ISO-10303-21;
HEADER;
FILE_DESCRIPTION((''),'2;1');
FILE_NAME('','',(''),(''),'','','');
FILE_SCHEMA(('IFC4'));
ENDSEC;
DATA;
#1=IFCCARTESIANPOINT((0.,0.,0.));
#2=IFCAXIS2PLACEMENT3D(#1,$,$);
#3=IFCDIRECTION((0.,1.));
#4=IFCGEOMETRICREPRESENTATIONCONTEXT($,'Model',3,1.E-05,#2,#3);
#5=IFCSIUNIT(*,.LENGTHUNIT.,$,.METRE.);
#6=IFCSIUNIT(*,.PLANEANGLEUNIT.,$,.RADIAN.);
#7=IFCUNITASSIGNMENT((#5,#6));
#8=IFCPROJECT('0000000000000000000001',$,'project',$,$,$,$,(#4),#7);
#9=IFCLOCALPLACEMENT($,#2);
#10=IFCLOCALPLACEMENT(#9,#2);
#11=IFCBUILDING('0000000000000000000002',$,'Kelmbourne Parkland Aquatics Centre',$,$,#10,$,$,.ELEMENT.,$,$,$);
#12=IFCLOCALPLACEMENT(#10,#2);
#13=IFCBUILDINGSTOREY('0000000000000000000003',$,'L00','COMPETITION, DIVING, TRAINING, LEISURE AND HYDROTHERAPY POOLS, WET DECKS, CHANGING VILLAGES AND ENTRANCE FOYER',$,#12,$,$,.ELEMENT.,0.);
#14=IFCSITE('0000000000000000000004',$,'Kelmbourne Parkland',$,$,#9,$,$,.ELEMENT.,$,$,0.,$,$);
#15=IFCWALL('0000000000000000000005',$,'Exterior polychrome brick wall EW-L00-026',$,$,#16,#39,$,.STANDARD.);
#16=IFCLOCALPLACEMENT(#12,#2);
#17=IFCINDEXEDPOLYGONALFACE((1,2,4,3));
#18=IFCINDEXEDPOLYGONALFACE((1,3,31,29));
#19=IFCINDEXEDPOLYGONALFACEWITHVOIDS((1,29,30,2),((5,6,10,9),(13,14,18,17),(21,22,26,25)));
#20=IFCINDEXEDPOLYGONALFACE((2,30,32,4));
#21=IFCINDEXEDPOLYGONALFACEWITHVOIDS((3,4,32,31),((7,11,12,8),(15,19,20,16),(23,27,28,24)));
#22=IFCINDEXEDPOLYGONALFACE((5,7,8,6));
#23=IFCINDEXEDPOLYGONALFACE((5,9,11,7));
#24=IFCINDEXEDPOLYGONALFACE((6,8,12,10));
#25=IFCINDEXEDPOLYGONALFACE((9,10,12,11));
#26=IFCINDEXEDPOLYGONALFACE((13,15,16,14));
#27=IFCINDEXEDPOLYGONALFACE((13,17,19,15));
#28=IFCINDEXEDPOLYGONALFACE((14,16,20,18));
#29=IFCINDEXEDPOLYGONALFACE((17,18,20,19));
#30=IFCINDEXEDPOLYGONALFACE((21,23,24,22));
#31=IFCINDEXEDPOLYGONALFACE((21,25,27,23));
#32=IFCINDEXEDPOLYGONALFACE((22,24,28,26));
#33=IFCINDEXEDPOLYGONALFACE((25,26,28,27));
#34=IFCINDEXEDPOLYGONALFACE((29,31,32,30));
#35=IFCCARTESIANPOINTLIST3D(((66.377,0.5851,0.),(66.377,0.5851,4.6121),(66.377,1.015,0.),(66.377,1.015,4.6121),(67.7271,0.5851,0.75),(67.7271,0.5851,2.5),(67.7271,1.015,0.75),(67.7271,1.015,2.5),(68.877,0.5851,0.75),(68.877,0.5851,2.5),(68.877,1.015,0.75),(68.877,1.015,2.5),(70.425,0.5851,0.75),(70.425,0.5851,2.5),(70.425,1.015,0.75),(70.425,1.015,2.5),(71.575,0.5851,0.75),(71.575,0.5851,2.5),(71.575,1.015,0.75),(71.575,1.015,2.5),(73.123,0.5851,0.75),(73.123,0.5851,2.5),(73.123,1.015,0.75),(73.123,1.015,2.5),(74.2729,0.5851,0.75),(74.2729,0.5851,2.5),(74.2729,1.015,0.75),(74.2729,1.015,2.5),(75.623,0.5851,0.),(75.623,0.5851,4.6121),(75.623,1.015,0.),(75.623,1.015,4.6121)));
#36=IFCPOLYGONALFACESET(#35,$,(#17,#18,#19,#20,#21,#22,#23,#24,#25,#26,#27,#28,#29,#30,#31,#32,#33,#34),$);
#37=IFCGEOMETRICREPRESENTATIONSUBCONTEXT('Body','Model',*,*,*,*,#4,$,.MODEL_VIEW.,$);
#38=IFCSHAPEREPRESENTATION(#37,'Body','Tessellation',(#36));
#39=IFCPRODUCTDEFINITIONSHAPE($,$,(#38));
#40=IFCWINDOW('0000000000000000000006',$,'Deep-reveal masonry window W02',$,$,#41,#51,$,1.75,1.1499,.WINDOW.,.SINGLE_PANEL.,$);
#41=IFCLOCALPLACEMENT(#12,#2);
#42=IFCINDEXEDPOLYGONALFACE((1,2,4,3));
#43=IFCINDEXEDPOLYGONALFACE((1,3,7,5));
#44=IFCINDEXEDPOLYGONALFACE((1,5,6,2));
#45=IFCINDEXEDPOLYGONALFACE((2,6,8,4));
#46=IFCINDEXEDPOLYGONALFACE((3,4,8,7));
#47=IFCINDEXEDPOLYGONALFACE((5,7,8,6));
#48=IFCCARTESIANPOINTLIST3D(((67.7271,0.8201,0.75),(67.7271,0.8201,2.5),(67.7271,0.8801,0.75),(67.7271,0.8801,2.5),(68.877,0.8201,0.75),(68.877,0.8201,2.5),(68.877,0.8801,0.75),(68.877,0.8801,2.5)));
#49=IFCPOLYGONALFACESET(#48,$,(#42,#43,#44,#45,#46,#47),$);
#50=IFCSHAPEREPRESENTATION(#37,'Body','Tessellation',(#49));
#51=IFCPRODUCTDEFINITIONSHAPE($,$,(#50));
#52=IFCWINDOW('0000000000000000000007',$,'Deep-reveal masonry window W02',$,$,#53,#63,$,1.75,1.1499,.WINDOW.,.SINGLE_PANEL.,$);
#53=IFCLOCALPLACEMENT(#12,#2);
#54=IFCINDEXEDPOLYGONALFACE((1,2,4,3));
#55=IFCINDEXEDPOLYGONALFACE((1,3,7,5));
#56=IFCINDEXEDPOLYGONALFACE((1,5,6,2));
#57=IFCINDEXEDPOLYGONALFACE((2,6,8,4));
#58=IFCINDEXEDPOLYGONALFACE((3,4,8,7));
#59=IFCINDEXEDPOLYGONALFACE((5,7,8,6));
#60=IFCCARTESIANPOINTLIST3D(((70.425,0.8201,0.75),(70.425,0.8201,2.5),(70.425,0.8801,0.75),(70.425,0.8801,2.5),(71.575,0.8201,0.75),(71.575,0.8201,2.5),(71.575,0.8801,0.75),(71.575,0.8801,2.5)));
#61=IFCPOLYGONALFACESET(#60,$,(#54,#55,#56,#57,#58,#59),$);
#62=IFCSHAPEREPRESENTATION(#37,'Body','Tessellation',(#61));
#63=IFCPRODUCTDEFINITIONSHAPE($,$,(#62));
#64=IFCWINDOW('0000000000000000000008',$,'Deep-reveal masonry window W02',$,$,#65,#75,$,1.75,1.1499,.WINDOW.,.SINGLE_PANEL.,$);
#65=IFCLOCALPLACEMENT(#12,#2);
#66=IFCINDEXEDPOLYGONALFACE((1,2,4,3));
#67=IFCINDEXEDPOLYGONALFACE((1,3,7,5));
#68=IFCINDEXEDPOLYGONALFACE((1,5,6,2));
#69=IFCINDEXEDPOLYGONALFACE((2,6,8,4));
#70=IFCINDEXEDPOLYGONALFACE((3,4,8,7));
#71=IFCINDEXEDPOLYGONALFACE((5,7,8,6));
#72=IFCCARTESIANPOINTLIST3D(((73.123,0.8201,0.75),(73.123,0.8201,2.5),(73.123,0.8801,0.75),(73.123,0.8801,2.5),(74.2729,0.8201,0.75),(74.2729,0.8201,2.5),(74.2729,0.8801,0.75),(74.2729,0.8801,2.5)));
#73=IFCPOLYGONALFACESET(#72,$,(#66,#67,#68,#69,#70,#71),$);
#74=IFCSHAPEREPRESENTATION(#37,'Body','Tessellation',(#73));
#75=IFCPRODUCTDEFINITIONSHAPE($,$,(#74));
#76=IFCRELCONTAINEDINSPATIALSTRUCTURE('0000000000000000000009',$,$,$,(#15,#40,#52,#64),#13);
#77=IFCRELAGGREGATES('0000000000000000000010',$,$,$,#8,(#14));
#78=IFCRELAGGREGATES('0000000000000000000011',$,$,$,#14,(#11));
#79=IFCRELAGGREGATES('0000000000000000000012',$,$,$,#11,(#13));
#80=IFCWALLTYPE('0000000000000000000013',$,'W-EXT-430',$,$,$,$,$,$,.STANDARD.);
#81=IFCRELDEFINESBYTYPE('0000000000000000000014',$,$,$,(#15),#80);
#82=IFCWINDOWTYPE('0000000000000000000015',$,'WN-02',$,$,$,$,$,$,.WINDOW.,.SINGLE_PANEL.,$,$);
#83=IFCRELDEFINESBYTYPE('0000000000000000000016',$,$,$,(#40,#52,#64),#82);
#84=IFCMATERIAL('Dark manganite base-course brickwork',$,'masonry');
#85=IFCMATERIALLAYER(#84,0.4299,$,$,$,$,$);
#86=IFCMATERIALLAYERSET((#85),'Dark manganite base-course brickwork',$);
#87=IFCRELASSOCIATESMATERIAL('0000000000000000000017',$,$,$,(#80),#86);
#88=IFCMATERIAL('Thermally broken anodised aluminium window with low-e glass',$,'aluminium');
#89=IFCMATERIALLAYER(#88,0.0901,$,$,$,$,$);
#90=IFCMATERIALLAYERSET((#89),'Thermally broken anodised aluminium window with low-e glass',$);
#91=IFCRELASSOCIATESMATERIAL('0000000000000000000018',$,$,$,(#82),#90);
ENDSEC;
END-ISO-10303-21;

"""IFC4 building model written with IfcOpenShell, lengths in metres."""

from ifc_helpers import new_model, si_unit, direction, frame, frame_2d, origin, place, context, subcontext, project, spatial, rectangle, extrude, material, layer, layer_set, type_object, element, fill, save


model = new_model("IFC4")

# Units and contexts
model_context = context("Model", 3, precision=1e-05, world=origin(), true_north=direction((0.0, 1.0)))
body_context = subcontext(model_context, "Body", "Model", "MODEL_VIEW")
ifc_project = project(units=[si_unit("LENGTHUNIT", "METRE"), si_unit("PLANEANGLEUNIT", "RADIAN")], contexts=[model_context])

# Site, building, storey
site_placement = place(None, origin())
site = spatial("IfcSite", under=ifc_project, at=site_placement, Name="Kelmbourne Parkland", CompositionType="ELEMENT", RefElevation=0.0)
building_placement = place(site_placement, origin())
building = spatial("IfcBuilding", under=site, at=building_placement, Name="Kelmbourne Parkland Aquatics Centre", CompositionType="ELEMENT")
storey_placement = place(building_placement, origin())
storey = spatial("IfcBuildingStorey", under=building, at=storey_placement, Name="L00", Description="COMPETITION, DIVING, TRAINING, LEISURE AND HYDROTHERAPY POOLS, WET DECKS, CHANGING VILLAGES AND ENTRANCE FOYER", CompositionType="ELEMENT", Elevation=0.0)

# Wall, openings, windows
ifc_material_1 = material(Name="Dark manganite base-course brickwork", Category="masonry")
ifc_layer_1 = layer(ifc_material_1, 0.4299)
ifc_layer_set_1 = layer_set([ifc_layer_1], Name="Dark manganite base-course brickwork")
wall_type = type_object("IfcWallType", Name="W-EXT-430", PredefinedType="STANDARD", material=ifc_layer_set_1)
wall_placement = place(storey_placement, frame((66.377, 0.8, 0.0), z_axis=(0.0, 0.0, 1.0), x_axis=(1.0, 0.0, 0.0)))
wall = element("IfcWall", 1, at=wall_placement, inside=storey, type_object=wall_type, Name="Exterior polychrome brick wall EW-L00-026", PredefinedType="STANDARD", context=body_context, shape_type="SweptSolid", body=[
    extrude(rectangle(XDim=9.2461, YDim=0.4299, at=frame_2d((4.623, 0.0))), origin(), (0.0, 0.0, 1.0), 4.6121),
])
opening_1_placement = place(wall_placement, frame((1.3501, 0.0, 0.75)))
opening_1 = element("IfcOpeningElement", 2, at=opening_1_placement, cuts=wall, PredefinedType="OPENING", context=body_context, shape_type="SweptSolid", body=[
    extrude(rectangle(XDim=1.1499, YDim=1.75, at=frame_2d((0.575, 0.875))), frame((0.0, 0.2271, 0.0), z_axis=(0.0, -1.0, 0.0), x_axis=(1.0, 0.0, 0.0)), (0.0, 0.0, 1.0), 0.4539),
])
opening_2_placement = place(wall_placement, frame((4.0481, 0.0, 0.75)))
opening_2 = element("IfcOpeningElement", 3, at=opening_2_placement, cuts=wall, PredefinedType="OPENING", context=body_context, shape_type="SweptSolid", body=[
    extrude(rectangle(XDim=1.1499, YDim=1.75, at=frame_2d((0.575, 0.875))), frame((0.0, 0.2271, 0.0), z_axis=(0.0, -1.0, 0.0), x_axis=(1.0, 0.0, 0.0)), (0.0, 0.0, 1.0), 0.4539),
])
opening_3_placement = place(wall_placement, frame((6.7461, 0.0, 0.75)))
opening_3 = element("IfcOpeningElement", 4, at=opening_3_placement, cuts=wall, PredefinedType="OPENING", context=body_context, shape_type="SweptSolid", body=[
    extrude(rectangle(XDim=1.1499, YDim=1.75, at=frame_2d((0.575, 0.875))), frame((0.0, 0.2271, 0.0), z_axis=(0.0, -1.0, 0.0), x_axis=(1.0, 0.0, 0.0)), (0.0, 0.0, 1.0), 0.4539),
])
ifc_material_2 = material(Name="Thermally broken anodised aluminium window with low-e glass", Category="aluminium")
ifc_layer_2 = layer(ifc_material_2, 0.0901)
ifc_layer_set_2 = layer_set([ifc_layer_2], Name="Thermally broken anodised aluminium window with low-e glass")
window_type = type_object("IfcWindowType", Name="WN-02", PartitioningType="SINGLE_PANEL", PredefinedType="WINDOW", material=ifc_layer_set_2)
window_1_placement = place(opening_1_placement, origin())
window_1 = element("IfcWindow", 5, at=window_1_placement, inside=storey, type_object=window_type, Name="Deep-reveal masonry window W02", OverallHeight=1.75, OverallWidth=1.1499, PartitioningType="SINGLE_PANEL", PredefinedType="WINDOW", context=body_context, shape_type="SweptSolid", body=[
    extrude(rectangle(XDim=1.1499, YDim=1.75, at=frame_2d((0.575, 0.875))), frame((0.0, 0.0801, 0.0), z_axis=(0.0, -1.0, 0.0), x_axis=(1.0, 0.0, 0.0)), (0.0, 0.0, 1.0), 0.0601),
])
fill(opening_1, window_1)
window_2_placement = place(opening_2_placement, origin())
window_2 = element("IfcWindow", 6, at=window_2_placement, inside=storey, type_object=window_type, Name="Deep-reveal masonry window W02", OverallHeight=1.75, OverallWidth=1.1499, PartitioningType="SINGLE_PANEL", PredefinedType="WINDOW", context=body_context, shape_type="SweptSolid", body=[
    extrude(rectangle(XDim=1.1499, YDim=1.75, at=frame_2d((0.575, 0.875))), frame((0.0, 0.0801, 0.0), z_axis=(0.0, -1.0, 0.0), x_axis=(1.0, 0.0, 0.0)), (0.0, 0.0, 1.0), 0.0601),
])
fill(opening_2, window_2)
window_3_placement = place(opening_3_placement, origin())
window_3 = element("IfcWindow", 7, at=window_3_placement, inside=storey, type_object=window_type, Name="Deep-reveal masonry window W02", OverallHeight=1.75, OverallWidth=1.1499, PartitioningType="SINGLE_PANEL", PredefinedType="WINDOW", context=body_context, shape_type="SweptSolid", body=[
    extrude(rectangle(XDim=1.1499, YDim=1.75, at=frame_2d((0.575, 0.875))), frame((0.0, 0.0801, 0.0), z_axis=(0.0, -1.0, 0.0), x_axis=(1.0, 0.0, 0.0)), (0.0, 0.0, 1.0), 0.0601),
])
fill(opening_3, window_3)

save(model, "model.ifc")
